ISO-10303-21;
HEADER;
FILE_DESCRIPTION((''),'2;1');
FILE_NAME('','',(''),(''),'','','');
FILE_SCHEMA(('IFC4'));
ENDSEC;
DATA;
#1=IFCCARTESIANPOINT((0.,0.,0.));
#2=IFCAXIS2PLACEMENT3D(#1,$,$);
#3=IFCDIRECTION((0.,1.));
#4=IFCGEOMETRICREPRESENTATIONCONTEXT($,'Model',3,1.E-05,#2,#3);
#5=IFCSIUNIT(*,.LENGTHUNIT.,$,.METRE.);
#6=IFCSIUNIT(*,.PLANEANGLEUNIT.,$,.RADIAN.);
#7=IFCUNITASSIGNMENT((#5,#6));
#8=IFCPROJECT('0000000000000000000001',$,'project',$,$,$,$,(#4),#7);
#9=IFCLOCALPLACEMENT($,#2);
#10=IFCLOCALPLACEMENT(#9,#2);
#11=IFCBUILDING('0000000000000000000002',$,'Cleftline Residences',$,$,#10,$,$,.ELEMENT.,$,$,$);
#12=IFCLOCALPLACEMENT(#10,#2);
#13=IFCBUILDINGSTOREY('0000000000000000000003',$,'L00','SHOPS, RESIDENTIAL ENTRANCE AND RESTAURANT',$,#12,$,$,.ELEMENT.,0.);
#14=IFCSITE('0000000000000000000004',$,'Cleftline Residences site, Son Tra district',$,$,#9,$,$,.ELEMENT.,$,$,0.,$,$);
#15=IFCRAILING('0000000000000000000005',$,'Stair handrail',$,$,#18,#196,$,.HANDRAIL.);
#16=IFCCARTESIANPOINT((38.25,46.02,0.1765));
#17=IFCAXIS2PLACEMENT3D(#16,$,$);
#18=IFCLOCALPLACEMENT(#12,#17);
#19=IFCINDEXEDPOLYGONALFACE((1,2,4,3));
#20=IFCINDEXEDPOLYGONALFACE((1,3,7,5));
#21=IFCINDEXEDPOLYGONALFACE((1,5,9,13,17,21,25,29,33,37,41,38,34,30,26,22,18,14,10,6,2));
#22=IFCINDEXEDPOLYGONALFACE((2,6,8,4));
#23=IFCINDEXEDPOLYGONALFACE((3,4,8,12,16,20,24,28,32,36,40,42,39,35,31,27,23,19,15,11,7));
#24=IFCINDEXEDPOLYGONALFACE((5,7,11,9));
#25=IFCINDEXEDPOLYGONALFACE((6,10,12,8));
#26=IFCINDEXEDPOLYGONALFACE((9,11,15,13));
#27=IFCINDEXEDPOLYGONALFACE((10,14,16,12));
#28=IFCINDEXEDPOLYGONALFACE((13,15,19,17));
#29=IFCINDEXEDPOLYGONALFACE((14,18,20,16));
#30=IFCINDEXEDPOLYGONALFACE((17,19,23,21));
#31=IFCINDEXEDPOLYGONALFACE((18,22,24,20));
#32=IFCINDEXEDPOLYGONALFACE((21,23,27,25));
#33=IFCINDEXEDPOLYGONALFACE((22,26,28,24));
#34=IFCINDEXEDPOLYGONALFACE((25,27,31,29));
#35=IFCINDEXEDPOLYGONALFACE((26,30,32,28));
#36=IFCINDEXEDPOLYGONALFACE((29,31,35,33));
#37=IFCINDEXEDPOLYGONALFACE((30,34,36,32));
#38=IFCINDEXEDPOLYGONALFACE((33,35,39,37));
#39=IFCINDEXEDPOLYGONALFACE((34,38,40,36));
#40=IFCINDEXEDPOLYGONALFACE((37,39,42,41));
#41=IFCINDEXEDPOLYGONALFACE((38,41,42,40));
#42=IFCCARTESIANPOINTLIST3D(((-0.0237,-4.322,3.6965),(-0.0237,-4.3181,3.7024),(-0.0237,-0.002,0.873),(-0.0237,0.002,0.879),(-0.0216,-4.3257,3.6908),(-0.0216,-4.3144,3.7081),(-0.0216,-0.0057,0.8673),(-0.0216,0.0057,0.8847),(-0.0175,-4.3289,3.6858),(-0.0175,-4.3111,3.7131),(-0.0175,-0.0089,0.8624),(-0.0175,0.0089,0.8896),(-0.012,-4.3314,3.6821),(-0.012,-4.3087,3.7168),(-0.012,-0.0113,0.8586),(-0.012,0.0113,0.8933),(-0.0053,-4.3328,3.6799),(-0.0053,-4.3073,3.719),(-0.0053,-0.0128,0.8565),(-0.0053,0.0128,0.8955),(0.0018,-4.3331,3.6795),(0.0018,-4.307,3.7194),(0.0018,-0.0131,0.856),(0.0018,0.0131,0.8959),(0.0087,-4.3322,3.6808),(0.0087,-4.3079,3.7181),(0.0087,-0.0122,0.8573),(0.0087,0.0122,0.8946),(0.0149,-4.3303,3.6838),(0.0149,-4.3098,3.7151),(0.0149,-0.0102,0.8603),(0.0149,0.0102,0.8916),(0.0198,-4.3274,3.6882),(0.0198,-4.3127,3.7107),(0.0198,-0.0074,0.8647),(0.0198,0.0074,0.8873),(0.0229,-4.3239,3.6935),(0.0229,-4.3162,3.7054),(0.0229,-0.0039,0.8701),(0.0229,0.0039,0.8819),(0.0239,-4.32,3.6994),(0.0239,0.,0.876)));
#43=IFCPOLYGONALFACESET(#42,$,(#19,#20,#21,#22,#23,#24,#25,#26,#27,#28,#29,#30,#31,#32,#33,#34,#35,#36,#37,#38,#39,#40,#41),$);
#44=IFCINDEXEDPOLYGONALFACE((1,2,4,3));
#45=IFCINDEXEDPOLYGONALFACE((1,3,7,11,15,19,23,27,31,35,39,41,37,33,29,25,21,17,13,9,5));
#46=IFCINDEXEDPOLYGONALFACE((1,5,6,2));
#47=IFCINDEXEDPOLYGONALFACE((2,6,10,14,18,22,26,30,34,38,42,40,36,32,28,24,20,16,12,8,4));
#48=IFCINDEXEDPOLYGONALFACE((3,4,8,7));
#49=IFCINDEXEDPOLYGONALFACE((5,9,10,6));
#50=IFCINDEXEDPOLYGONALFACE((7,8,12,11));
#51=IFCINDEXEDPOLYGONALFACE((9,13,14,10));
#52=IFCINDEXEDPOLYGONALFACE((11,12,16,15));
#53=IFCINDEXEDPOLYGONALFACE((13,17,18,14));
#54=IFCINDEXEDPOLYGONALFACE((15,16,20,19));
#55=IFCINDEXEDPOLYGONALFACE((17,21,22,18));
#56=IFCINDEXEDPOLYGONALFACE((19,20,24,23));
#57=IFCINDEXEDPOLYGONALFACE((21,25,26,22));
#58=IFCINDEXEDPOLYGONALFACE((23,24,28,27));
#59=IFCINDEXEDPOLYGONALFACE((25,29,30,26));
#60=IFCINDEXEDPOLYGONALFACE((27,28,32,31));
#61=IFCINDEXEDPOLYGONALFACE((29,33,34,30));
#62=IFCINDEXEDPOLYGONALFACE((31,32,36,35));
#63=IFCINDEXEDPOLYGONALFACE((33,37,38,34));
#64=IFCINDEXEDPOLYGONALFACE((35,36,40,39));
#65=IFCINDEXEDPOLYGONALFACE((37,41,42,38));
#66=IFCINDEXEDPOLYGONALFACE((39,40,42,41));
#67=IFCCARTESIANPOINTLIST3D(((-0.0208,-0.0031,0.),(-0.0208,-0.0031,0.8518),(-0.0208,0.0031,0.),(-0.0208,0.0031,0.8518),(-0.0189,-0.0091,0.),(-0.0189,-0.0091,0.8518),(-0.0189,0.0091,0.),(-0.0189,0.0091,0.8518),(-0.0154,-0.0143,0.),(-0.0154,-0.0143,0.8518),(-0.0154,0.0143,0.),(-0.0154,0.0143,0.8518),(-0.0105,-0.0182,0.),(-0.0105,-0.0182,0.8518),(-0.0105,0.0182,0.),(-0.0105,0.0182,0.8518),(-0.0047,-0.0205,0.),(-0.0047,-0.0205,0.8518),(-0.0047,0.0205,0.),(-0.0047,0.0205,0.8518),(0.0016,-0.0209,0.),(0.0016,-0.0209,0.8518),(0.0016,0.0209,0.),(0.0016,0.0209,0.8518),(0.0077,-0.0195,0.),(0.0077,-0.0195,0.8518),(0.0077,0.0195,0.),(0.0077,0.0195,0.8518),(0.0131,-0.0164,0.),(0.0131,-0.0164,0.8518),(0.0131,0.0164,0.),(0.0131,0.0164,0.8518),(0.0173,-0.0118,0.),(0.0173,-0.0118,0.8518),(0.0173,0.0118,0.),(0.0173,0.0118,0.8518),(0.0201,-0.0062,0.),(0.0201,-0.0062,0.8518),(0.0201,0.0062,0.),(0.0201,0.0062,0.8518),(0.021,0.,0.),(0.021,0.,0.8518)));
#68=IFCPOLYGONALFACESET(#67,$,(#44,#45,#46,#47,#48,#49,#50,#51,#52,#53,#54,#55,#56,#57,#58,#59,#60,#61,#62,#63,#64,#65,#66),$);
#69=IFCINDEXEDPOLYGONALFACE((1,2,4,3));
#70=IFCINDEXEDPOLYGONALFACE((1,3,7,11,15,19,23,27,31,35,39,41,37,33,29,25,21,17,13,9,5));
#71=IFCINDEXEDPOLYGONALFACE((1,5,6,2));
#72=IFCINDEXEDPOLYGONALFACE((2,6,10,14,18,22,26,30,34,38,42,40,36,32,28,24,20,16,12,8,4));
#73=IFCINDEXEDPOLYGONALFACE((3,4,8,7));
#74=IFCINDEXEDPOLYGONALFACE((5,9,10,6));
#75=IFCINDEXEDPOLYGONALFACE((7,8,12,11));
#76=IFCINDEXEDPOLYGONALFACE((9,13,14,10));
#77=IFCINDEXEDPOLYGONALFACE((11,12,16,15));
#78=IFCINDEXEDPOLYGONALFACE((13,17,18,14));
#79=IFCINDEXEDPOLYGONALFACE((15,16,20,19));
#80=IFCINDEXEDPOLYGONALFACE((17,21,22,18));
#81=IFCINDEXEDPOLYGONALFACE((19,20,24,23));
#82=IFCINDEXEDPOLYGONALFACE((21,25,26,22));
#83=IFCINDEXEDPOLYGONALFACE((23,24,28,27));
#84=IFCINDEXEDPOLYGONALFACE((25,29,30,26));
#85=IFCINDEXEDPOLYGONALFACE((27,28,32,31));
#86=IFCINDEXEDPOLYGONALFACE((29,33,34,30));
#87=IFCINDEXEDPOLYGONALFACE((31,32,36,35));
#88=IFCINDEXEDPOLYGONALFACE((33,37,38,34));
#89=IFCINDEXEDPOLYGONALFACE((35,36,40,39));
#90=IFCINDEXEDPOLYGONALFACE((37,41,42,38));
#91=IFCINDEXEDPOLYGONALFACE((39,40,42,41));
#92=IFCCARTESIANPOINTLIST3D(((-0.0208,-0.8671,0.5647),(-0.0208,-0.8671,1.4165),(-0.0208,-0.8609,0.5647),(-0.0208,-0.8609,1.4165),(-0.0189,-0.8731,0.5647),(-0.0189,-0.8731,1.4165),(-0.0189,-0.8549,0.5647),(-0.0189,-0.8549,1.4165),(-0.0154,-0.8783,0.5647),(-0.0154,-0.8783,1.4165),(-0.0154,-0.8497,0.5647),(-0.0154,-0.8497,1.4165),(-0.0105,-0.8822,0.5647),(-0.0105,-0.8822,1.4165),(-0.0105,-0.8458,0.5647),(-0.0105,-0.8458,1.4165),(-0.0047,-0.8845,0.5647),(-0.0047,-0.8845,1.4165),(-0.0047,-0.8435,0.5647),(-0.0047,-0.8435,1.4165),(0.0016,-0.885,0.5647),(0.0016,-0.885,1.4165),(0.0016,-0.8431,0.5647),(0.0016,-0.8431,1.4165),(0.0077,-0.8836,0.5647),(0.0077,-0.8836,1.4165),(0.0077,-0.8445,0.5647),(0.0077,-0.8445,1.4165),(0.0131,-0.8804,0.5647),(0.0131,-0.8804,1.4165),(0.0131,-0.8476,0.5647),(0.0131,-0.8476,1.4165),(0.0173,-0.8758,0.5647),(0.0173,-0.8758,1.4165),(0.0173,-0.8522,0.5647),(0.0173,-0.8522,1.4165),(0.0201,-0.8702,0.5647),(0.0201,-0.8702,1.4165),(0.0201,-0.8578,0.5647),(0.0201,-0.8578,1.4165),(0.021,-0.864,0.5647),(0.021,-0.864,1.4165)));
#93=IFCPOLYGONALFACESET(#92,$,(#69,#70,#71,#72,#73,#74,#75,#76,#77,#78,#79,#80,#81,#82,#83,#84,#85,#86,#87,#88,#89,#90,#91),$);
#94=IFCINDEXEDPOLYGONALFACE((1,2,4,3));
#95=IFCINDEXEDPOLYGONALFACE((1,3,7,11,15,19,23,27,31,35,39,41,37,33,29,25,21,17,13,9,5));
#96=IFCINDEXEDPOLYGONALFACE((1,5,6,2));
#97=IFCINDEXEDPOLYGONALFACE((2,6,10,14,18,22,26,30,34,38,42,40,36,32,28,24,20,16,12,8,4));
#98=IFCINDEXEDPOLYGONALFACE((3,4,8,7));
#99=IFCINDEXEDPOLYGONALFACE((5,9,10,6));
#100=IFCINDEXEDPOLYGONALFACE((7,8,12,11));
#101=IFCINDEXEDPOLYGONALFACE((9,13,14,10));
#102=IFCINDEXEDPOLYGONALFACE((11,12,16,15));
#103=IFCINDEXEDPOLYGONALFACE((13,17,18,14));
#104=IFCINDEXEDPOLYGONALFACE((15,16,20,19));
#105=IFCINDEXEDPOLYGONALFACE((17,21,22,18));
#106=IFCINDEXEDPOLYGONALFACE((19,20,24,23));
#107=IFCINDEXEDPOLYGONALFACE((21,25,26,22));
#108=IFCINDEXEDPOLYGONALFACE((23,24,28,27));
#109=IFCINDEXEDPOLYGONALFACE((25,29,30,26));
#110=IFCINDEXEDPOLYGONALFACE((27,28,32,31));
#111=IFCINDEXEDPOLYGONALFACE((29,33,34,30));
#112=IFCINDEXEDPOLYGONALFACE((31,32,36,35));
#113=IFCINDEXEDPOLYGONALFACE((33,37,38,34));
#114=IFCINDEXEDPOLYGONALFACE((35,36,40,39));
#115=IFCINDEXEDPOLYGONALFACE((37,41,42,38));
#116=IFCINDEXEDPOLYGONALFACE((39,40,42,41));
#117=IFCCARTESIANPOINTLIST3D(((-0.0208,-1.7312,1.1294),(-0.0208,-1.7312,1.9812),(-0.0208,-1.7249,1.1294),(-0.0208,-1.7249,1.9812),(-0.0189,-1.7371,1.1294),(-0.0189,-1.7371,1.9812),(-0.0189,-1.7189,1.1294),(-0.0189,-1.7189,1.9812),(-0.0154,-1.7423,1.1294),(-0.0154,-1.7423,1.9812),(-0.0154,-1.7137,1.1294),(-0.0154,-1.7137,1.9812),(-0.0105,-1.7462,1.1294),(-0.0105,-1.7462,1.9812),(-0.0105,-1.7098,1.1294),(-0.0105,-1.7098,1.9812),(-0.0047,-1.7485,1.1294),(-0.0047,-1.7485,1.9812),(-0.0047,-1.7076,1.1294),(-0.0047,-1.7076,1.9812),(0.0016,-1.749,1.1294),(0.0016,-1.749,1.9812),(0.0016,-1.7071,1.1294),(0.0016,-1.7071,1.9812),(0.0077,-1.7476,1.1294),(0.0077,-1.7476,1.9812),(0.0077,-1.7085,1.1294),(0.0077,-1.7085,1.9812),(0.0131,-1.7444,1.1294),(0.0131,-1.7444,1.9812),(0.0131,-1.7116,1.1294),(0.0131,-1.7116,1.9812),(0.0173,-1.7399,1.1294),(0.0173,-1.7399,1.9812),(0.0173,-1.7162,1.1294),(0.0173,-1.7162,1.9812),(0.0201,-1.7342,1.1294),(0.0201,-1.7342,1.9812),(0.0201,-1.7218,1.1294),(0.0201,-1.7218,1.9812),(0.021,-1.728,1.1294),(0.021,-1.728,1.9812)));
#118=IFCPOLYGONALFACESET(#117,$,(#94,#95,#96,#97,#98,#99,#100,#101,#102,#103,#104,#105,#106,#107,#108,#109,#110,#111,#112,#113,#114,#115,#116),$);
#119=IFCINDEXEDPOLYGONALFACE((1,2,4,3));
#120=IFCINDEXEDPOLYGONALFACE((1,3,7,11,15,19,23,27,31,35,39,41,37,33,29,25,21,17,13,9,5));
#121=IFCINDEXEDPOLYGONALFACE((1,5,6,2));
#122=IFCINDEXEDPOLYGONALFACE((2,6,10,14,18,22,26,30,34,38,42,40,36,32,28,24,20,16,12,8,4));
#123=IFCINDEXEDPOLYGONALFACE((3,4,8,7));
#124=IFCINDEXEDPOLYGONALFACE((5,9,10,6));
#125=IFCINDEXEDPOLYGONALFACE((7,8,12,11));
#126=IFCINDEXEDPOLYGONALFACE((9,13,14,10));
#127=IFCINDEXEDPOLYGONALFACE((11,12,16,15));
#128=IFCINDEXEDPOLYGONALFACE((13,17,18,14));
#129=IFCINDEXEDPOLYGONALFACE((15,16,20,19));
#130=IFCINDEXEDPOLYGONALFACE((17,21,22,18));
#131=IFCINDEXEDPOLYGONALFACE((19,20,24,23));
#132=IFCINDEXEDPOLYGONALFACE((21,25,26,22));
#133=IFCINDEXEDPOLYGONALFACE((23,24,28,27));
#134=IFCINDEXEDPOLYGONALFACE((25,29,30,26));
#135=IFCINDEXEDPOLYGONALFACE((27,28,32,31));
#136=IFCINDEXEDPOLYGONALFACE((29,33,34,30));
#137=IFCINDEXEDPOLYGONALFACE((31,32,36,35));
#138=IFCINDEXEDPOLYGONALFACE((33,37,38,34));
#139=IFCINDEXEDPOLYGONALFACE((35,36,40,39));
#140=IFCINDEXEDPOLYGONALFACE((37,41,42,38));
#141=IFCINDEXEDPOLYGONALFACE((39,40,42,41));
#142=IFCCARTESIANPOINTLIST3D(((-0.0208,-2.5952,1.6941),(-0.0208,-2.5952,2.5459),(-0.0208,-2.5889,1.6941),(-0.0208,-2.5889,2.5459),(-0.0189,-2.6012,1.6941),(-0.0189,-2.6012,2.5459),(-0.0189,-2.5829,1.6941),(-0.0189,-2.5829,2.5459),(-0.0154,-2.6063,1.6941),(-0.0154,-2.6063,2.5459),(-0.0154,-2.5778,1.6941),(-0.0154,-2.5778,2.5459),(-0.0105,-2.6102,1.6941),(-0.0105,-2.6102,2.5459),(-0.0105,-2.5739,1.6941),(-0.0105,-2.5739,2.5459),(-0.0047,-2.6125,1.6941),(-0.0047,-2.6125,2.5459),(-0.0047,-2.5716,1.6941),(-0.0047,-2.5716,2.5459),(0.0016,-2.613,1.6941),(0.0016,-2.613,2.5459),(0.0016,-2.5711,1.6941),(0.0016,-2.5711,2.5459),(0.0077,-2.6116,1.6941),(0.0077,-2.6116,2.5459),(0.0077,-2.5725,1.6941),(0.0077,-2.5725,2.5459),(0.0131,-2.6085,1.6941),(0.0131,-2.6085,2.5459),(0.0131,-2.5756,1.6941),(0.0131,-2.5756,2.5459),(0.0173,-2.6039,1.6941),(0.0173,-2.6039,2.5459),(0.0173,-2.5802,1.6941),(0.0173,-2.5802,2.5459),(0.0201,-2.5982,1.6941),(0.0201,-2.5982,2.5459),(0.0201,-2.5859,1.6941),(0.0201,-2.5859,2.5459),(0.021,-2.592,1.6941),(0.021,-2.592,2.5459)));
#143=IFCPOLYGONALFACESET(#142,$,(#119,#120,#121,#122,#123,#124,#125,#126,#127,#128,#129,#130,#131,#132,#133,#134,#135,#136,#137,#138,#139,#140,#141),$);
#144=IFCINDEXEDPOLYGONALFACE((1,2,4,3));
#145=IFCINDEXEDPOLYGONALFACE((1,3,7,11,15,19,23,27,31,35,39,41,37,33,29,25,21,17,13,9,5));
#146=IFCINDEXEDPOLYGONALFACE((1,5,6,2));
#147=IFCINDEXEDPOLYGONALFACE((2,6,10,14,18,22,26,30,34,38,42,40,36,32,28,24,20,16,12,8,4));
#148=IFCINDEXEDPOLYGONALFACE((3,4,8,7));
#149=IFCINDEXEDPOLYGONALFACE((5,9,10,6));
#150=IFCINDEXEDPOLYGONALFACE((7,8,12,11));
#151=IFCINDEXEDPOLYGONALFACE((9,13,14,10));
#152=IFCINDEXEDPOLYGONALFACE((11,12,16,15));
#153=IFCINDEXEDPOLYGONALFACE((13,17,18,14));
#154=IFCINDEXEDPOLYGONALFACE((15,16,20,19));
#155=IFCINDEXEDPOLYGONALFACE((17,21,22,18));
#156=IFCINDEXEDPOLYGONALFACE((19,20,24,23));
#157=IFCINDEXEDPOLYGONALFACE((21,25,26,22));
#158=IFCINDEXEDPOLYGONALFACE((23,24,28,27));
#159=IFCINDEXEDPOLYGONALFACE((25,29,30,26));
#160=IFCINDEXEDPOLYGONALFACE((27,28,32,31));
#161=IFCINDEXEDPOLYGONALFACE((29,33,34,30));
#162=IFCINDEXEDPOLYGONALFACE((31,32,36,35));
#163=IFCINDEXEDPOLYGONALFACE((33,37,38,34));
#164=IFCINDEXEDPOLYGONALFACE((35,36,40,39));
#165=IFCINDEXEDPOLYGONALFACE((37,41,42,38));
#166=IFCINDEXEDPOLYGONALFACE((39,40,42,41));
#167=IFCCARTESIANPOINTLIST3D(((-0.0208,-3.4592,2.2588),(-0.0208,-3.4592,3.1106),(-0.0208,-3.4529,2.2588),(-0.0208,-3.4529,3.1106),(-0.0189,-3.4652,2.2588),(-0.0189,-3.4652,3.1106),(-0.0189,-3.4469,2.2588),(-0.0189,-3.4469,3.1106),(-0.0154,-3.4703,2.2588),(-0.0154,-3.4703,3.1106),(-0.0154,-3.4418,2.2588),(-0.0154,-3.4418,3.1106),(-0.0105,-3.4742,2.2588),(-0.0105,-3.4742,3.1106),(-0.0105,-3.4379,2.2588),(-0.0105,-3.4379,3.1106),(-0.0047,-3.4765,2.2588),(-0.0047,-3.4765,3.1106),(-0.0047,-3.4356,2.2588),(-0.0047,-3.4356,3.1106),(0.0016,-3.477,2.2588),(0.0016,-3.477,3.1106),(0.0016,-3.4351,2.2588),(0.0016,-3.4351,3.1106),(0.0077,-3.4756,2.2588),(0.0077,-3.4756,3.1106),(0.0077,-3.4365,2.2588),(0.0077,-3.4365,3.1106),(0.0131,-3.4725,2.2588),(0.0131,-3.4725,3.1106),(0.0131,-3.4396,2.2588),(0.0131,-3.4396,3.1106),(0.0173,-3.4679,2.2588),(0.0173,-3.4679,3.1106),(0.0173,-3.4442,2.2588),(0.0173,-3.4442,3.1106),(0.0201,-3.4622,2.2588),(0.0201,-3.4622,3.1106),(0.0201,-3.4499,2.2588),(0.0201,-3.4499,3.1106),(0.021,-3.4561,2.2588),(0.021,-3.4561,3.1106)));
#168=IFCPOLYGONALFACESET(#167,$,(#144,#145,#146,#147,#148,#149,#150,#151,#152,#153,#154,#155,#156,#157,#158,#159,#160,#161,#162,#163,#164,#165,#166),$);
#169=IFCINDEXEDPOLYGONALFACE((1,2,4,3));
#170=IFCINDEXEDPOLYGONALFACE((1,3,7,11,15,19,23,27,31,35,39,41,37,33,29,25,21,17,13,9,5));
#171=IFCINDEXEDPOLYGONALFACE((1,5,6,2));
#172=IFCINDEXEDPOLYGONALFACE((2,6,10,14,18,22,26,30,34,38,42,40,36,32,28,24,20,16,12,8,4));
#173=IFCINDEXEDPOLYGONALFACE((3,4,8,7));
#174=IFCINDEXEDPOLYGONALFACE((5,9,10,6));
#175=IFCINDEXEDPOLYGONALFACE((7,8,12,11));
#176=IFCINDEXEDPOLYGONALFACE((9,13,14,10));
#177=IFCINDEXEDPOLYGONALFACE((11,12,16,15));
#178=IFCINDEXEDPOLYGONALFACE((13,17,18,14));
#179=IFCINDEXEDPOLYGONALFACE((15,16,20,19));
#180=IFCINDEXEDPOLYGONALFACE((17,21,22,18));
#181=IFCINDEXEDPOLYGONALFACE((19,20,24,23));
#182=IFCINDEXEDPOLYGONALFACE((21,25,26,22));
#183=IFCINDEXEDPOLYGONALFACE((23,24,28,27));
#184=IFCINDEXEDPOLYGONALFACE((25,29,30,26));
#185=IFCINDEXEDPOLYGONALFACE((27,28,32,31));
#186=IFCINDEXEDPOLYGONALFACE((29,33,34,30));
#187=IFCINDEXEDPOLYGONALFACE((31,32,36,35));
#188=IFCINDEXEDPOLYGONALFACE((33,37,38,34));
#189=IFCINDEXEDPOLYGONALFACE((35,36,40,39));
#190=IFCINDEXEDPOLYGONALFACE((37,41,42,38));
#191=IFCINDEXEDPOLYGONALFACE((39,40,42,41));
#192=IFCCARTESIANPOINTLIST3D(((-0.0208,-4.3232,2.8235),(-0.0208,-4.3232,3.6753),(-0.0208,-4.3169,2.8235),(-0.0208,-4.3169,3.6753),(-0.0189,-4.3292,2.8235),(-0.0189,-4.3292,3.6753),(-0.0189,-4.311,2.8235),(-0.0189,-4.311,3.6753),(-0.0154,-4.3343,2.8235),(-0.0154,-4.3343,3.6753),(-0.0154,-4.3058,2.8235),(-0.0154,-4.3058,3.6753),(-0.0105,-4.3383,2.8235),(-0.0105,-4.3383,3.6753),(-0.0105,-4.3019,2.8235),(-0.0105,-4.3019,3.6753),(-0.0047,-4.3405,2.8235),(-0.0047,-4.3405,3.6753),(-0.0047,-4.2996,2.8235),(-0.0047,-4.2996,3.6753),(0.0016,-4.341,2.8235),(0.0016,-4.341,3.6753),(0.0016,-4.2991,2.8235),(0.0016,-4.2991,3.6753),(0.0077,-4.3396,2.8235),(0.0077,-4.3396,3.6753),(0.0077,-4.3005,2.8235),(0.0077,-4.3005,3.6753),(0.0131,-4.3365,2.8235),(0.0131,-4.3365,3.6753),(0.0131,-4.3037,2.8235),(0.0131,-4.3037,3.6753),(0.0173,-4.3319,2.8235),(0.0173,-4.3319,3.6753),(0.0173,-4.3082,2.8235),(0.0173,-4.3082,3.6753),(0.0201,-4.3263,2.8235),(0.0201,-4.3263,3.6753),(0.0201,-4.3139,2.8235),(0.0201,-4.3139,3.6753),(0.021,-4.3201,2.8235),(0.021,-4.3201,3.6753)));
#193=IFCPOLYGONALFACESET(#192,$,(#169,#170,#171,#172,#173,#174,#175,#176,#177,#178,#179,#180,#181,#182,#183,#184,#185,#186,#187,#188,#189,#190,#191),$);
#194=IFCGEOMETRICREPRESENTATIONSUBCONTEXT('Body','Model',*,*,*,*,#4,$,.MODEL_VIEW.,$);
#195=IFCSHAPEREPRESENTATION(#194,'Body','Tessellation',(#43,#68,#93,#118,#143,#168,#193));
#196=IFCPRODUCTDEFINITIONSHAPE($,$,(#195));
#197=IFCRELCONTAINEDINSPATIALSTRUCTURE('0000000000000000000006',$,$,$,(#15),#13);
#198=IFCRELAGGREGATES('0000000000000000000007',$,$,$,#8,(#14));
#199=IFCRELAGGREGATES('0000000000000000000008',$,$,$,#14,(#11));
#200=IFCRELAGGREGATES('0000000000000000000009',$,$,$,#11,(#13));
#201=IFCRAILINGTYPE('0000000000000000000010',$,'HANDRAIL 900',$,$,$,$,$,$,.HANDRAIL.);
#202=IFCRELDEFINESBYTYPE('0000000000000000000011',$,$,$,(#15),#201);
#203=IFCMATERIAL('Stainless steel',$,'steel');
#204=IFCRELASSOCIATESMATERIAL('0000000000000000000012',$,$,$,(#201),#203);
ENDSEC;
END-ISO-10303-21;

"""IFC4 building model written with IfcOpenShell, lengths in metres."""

from ifc_helpers import new_model, si_unit, direction, frame, origin, origin_2d, place, context, subcontext, project, spatial, circle, extrude, material, type_object, element, save


model = new_model("IFC4")

# Units and contexts
model_context = context("Model", 3, precision=1e-05, world=origin(), true_north=direction((0.0, 1.0)))
body_context = subcontext(model_context, "Body", "Model", "MODEL_VIEW")
ifc_project = project(units=[si_unit("LENGTHUNIT", "METRE"), si_unit("PLANEANGLEUNIT", "RADIAN")], contexts=[model_context])

# Site, building, storey
site_placement = place(None, origin())
site = spatial("IfcSite", under=ifc_project, at=site_placement, Name="Cleftline Residences site, Son Tra district", CompositionType="ELEMENT", RefElevation=0.0)
building_placement = place(site_placement, origin())
building = spatial("IfcBuilding", under=site, at=building_placement, Name="Cleftline Residences", CompositionType="ELEMENT")
storey_placement = place(building_placement, origin())
storey = spatial("IfcBuildingStorey", under=building, at=storey_placement, Name="L00", Description="SHOPS, RESIDENTIAL ENTRANCE AND RESTAURANT", CompositionType="ELEMENT", Elevation=0.0)

# Railing
ifc_material_1 = material(Name="Stainless steel", Category="steel")
railing_type = type_object("IfcRailingType", Name="HANDRAIL 900", PredefinedType="HANDRAIL", material=ifc_material_1)
railing_1_placement = place(storey_placement, frame((38.25, 46.02, 0.1765)))
element("IfcRailing", 1, at=railing_1_placement, inside=storey, type_object=railing_type, Name="Stair handrail", PredefinedType="HANDRAIL", context=body_context, shape_type="SweptSolid", body=[
    extrude(circle(Radius=0.0239, at=origin_2d()), frame((0.0, 0.0, 0.876), z_axis=(0.0, -0.837074, 0.54709), x_axis=(1.0, 0.0, 0.0)), (0.0, 0.0, 1.0), 5.1609),
    extrude(circle(Radius=0.021, at=origin_2d()), origin(), (0.0, 0.0, 1.0), 0.8518),
    extrude(circle(Radius=0.021, at=origin_2d()), frame((0.0, -0.864, 0.5647)), (0.0, 0.0, 1.0), 0.8518),
    extrude(circle(Radius=0.021, at=origin_2d()), frame((0.0, -1.728, 1.1294)), (0.0, 0.0, 1.0), 0.8518),
    extrude(circle(Radius=0.021, at=origin_2d()), frame((0.0, -2.592, 1.6941)), (0.0, 0.0, 1.0), 0.8518),
    extrude(circle(Radius=0.021, at=origin_2d()), frame((0.0, -3.4561, 2.2588)), (0.0, 0.0, 1.0), 0.8518),
    extrude(circle(Radius=0.021, at=origin_2d()), frame((0.0, -4.3201, 2.8235)), (0.0, 0.0, 1.0), 0.8518),
])

save(model, "model.ifc")
